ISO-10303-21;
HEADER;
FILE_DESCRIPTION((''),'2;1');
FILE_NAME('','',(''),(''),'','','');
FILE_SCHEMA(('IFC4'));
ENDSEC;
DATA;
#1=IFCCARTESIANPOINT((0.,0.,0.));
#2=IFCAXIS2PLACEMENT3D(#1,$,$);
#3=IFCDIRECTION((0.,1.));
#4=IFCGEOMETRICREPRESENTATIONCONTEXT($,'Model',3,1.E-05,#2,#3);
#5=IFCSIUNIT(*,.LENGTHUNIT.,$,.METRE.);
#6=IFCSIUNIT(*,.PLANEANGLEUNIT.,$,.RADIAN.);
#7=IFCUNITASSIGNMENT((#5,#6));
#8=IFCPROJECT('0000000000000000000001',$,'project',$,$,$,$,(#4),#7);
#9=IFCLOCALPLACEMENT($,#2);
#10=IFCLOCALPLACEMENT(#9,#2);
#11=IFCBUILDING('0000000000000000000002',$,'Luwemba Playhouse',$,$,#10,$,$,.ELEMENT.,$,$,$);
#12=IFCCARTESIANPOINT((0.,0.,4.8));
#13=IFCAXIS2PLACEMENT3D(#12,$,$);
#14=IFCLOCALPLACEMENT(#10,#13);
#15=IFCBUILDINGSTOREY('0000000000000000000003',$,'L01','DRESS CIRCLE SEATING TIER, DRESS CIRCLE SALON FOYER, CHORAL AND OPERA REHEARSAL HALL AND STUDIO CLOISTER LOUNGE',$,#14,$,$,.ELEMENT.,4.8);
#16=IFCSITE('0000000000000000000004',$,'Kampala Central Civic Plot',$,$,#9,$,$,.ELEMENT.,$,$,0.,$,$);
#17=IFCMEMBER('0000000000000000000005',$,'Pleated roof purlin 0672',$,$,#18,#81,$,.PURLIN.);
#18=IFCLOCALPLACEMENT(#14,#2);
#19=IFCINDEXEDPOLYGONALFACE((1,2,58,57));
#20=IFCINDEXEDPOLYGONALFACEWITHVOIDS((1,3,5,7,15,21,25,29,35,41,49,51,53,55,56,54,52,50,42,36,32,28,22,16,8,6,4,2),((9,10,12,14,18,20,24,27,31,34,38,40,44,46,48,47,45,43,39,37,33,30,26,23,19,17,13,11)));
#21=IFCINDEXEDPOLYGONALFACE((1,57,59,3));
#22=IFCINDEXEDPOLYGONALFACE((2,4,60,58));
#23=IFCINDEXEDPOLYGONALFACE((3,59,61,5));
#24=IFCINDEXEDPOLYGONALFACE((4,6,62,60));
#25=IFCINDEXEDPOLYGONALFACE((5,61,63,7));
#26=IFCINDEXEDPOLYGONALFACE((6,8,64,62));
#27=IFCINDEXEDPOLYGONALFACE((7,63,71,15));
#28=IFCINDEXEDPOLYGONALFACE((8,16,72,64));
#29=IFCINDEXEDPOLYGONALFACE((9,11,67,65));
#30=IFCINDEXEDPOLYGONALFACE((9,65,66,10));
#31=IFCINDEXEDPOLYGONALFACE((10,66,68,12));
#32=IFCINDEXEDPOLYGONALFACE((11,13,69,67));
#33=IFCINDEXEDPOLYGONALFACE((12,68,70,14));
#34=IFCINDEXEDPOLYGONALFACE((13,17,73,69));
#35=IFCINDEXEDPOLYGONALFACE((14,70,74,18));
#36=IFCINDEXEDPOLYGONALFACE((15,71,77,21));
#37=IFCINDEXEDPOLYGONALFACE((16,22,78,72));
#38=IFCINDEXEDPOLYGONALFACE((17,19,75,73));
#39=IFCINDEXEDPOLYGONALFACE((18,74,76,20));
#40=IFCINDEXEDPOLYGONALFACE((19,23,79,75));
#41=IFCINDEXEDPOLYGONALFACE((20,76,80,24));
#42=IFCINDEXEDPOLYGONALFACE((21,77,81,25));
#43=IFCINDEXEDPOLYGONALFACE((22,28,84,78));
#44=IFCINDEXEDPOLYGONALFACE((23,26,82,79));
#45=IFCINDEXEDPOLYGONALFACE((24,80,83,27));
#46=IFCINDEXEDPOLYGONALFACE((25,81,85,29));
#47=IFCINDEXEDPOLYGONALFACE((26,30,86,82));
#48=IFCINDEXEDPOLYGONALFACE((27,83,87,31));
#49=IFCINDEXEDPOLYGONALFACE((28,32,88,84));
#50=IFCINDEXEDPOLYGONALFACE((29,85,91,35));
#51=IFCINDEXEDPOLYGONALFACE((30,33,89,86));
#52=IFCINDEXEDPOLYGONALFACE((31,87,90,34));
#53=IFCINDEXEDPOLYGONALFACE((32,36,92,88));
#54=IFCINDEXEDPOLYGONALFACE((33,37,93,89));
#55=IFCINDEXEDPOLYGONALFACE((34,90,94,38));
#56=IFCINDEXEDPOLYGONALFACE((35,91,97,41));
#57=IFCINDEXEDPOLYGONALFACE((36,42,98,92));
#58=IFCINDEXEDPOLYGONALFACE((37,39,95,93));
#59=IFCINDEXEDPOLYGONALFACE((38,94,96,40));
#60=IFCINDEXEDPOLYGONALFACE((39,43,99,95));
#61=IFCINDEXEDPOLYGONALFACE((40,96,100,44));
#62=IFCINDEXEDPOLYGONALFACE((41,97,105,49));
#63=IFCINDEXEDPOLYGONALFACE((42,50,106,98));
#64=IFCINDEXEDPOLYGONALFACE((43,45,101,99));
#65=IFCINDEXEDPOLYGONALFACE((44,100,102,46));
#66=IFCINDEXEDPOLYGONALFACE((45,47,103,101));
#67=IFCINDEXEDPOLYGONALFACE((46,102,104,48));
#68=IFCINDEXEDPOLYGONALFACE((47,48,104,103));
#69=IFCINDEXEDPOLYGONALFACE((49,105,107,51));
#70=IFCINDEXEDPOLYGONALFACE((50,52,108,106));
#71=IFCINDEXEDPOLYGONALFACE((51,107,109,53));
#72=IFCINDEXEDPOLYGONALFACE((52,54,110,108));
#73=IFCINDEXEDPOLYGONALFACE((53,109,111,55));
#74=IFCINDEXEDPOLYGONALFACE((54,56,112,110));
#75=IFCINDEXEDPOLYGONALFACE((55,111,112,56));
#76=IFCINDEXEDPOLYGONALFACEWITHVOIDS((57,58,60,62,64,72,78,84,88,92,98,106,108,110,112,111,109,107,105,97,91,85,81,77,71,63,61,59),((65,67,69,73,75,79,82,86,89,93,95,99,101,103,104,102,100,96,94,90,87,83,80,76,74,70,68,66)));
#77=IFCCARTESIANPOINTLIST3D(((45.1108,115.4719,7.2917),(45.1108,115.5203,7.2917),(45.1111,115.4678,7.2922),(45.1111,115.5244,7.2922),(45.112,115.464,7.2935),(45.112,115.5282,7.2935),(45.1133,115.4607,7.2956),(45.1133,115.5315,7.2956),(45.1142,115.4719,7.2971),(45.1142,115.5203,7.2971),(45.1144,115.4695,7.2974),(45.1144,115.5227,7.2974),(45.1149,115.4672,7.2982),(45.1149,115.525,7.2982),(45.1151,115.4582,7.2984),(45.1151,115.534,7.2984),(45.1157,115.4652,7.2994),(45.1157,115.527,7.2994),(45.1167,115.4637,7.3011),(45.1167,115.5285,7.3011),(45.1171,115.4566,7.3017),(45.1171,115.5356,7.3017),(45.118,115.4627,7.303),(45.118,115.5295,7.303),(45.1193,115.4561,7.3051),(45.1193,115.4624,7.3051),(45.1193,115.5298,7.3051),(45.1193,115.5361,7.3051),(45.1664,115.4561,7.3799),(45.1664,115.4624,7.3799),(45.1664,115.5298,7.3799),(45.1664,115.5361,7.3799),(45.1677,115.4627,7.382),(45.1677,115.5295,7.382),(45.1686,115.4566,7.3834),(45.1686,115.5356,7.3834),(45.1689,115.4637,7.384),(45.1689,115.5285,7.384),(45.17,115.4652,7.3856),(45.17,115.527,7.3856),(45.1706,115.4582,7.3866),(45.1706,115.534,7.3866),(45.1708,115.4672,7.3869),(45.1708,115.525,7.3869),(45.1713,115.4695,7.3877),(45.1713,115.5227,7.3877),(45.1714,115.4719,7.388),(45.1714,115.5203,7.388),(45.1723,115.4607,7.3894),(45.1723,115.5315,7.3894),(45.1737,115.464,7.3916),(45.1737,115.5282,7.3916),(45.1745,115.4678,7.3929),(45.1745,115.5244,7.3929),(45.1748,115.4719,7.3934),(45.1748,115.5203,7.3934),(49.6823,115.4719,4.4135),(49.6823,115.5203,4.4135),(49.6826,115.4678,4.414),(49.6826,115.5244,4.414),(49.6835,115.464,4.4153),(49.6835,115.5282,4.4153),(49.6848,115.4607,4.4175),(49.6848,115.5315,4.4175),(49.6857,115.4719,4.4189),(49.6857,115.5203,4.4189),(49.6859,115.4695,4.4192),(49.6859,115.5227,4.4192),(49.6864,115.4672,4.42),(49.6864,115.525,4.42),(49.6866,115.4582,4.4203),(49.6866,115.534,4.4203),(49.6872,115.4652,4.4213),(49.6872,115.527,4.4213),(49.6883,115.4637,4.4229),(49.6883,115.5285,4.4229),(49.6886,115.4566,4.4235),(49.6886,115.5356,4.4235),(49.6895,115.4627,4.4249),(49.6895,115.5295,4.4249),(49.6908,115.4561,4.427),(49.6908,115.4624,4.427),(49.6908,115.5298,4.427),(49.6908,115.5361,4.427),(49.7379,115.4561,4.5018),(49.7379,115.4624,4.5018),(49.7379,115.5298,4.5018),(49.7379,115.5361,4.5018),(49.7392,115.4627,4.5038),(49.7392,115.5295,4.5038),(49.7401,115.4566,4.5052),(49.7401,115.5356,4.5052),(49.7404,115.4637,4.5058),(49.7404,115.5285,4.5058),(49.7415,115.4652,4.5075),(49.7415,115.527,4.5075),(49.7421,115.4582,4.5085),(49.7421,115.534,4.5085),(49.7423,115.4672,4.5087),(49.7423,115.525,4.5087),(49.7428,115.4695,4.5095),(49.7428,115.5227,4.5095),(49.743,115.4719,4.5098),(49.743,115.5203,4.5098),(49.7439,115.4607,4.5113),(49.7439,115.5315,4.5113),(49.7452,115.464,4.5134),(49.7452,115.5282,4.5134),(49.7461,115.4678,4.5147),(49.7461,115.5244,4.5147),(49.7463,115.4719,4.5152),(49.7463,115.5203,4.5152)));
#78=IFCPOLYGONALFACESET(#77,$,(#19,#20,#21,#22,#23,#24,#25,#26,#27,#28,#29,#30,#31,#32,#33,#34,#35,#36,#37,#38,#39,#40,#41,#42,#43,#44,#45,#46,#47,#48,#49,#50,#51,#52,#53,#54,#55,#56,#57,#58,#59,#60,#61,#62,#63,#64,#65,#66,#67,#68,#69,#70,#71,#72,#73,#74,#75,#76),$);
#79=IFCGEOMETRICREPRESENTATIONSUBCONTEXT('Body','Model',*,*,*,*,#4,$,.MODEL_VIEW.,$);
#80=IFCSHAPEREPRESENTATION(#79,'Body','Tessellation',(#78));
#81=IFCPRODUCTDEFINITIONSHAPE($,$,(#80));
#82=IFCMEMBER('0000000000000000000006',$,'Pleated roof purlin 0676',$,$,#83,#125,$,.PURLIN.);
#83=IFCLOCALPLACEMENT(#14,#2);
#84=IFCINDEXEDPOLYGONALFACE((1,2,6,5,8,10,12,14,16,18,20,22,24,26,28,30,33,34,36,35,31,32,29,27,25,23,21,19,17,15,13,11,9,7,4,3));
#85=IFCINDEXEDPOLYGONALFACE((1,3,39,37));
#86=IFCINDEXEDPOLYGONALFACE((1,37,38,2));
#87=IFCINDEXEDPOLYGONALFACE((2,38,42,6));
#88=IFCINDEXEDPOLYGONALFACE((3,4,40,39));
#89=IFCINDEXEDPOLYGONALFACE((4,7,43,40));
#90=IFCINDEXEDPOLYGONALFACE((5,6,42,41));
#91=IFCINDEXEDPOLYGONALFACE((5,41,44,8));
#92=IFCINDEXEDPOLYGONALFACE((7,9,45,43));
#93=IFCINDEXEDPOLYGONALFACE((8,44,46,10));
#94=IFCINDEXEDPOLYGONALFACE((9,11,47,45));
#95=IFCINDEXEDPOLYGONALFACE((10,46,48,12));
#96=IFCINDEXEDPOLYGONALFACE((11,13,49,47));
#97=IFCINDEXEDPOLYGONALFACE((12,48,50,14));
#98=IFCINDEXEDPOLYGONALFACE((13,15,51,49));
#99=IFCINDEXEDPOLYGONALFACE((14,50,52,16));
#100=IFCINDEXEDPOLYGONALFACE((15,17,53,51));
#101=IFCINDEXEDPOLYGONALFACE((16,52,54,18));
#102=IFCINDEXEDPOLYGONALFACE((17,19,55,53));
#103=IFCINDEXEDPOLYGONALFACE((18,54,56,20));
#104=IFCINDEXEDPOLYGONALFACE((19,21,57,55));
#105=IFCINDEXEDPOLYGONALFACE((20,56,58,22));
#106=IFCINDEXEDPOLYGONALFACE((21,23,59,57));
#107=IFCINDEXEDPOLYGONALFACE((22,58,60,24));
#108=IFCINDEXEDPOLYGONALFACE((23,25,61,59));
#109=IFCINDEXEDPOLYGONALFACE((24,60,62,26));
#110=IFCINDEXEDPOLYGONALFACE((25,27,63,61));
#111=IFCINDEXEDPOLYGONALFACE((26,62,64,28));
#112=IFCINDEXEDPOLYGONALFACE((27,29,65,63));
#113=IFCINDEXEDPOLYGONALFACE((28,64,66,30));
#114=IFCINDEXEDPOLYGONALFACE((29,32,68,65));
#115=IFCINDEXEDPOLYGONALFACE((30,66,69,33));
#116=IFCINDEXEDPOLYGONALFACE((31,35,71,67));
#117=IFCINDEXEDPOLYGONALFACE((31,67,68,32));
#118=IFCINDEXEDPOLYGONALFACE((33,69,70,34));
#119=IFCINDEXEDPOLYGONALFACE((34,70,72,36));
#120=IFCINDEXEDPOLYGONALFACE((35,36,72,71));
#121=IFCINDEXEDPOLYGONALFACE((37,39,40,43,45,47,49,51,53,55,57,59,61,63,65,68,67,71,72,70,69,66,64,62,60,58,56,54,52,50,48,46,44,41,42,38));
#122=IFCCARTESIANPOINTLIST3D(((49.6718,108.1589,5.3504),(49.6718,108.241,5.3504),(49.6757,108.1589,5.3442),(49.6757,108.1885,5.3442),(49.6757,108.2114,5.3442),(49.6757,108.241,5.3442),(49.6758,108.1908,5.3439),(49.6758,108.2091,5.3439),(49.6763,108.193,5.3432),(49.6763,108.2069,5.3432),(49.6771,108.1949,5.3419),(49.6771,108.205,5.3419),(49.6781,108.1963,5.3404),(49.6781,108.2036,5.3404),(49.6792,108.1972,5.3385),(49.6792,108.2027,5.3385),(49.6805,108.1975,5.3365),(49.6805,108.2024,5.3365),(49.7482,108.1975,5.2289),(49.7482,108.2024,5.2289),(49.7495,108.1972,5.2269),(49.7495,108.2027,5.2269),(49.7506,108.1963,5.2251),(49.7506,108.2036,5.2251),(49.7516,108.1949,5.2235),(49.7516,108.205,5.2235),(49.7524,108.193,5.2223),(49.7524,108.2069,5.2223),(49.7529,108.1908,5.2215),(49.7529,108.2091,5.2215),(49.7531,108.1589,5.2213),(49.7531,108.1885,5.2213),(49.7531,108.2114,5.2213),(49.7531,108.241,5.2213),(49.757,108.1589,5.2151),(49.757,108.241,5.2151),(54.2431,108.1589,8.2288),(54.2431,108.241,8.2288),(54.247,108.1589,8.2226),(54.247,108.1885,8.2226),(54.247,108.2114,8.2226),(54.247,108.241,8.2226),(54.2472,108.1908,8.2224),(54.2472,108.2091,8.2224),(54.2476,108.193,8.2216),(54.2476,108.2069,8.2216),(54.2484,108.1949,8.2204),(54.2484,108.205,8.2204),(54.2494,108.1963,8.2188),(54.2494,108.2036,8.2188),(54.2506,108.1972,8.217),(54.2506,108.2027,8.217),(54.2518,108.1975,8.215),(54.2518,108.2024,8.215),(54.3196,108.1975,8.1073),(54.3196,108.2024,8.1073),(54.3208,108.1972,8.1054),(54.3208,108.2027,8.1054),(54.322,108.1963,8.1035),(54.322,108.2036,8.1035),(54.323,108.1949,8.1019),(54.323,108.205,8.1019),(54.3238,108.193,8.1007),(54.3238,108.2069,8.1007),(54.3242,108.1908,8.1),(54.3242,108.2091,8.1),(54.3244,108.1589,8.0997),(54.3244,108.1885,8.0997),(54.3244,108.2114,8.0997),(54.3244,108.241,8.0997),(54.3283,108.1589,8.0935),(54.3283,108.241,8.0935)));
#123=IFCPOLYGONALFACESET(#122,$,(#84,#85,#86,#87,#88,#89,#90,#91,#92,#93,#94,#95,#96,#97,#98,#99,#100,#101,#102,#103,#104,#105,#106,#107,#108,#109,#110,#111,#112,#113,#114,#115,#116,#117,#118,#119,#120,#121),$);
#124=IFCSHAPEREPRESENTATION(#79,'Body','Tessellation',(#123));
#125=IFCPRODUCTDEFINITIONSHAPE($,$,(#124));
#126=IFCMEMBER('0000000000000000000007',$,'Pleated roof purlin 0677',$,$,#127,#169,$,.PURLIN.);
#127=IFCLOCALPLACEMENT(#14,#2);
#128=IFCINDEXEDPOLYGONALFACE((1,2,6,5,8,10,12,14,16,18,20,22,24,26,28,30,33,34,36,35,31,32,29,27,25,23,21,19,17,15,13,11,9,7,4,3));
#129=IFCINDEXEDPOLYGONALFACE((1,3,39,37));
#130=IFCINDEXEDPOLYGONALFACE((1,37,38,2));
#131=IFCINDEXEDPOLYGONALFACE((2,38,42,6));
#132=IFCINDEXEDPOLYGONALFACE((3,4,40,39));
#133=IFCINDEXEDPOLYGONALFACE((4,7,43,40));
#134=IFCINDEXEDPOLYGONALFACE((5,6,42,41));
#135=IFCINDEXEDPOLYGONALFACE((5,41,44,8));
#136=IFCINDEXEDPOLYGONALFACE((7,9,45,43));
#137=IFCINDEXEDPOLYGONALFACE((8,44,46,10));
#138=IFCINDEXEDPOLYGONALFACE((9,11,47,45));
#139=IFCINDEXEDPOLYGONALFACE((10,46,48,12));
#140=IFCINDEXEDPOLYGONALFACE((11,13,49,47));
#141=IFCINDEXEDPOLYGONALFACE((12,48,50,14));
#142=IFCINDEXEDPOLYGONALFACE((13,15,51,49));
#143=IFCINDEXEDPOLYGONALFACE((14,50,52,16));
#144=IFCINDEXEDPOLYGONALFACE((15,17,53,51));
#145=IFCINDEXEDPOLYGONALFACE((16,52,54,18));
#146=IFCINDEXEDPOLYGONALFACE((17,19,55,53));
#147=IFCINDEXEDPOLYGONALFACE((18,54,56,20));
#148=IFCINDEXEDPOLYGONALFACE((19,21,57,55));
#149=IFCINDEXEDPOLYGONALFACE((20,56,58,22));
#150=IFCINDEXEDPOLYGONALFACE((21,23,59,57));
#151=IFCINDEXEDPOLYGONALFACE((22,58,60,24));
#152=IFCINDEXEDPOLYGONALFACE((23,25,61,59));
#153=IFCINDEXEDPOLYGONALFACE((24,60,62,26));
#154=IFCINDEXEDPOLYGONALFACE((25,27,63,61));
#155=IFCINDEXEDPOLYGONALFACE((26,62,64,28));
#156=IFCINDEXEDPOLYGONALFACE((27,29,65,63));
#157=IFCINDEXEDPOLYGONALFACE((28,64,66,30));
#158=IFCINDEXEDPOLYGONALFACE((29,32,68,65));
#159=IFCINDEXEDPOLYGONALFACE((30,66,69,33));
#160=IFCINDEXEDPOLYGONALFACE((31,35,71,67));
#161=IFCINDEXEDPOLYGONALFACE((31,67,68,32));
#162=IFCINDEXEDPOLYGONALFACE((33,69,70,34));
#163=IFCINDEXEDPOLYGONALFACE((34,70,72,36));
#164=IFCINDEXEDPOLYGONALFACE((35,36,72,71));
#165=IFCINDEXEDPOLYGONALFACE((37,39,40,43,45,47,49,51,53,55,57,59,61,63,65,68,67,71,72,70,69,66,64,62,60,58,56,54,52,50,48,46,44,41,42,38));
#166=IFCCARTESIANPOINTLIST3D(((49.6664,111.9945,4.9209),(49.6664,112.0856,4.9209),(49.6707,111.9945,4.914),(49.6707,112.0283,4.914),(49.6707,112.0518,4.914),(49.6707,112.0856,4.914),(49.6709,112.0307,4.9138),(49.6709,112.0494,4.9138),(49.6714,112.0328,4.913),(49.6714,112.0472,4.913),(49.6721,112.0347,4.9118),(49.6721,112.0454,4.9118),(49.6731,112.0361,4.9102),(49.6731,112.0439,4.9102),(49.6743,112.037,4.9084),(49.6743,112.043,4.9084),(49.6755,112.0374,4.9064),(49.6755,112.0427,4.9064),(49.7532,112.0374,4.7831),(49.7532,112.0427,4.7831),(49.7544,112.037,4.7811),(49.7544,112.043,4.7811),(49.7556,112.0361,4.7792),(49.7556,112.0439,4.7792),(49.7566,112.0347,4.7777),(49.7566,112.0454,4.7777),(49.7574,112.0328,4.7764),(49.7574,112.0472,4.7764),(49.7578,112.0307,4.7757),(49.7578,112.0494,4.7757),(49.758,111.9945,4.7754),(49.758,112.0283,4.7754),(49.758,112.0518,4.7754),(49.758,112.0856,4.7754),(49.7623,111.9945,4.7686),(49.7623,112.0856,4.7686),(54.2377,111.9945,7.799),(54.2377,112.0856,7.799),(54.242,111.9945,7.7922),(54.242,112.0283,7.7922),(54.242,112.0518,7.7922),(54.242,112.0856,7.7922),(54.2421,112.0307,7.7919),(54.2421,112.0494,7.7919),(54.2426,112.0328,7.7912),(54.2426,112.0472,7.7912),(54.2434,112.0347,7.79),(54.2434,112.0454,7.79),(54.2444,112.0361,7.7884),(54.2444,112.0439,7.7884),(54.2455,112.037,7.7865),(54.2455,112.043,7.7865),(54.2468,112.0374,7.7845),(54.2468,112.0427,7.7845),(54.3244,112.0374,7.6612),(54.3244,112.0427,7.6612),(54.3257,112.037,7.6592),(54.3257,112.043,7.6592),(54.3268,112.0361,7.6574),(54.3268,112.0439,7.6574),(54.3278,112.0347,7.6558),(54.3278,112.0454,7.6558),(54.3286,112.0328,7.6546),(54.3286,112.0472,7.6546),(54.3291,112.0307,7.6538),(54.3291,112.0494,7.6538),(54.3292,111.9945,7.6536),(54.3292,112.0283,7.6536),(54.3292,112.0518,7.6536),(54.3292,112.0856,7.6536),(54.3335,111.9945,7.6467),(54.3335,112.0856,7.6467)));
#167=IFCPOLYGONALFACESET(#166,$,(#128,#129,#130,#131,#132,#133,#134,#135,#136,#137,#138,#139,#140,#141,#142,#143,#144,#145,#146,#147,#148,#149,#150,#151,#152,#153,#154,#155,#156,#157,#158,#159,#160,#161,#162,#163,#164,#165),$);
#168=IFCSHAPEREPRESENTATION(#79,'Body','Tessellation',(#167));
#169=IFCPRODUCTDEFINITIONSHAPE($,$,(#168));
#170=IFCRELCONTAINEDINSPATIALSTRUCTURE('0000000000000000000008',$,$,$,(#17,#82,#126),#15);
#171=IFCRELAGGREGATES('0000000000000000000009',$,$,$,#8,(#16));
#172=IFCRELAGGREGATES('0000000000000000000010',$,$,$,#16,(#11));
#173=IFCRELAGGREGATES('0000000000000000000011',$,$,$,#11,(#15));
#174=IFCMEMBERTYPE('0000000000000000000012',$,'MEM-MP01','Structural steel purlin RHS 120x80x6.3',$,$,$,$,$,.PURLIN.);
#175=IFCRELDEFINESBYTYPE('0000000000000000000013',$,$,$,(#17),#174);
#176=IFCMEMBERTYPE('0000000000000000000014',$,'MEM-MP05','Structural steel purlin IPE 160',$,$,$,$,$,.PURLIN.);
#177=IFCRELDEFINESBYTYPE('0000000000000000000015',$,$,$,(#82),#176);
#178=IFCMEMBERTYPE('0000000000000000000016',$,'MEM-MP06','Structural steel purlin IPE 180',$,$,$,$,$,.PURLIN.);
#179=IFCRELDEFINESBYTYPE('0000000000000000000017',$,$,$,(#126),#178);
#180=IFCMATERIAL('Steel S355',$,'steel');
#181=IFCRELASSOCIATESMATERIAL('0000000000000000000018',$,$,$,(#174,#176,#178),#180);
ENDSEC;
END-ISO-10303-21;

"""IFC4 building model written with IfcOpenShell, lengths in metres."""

from ifc_helpers import new_model, si_unit, direction, frame, origin, origin_2d, place, context, subcontext, project, spatial, hollow_rectangle, i_section, extrude, material, material_profile, profile_set, type_object, element, save


model = new_model("IFC4")

# Units and contexts
model_context = context("Model", 3, precision=1e-05, world=origin(), true_north=direction((0.0, 1.0)))
body_context = subcontext(model_context, "Body", "Model", "MODEL_VIEW")
ifc_project = project(units=[si_unit("LENGTHUNIT", "METRE"), si_unit("PLANEANGLEUNIT", "RADIAN")], contexts=[model_context])

# Site, building, storey
site_placement = place(None, origin())
site = spatial("IfcSite", under=ifc_project, at=site_placement, Name="Kampala Central Civic Plot", CompositionType="ELEMENT", RefElevation=0.0)
building_placement = place(site_placement, origin())
building = spatial("IfcBuilding", under=site, at=building_placement, Name="Luwemba Playhouse", CompositionType="ELEMENT")
storey_placement = place(building_placement, frame((0.0, 0.0, 4.8)))
storey = spatial("IfcBuildingStorey", under=building, at=storey_placement, Name="L01", Description="DRESS CIRCLE SEATING TIER, DRESS CIRCLE SALON FOYER, CHORAL AND OPERA REHEARSAL HALL AND STUDIO CLOISTER LOUNGE", CompositionType="ELEMENT", Elevation=4.8)

# Shared definitions
ifc_material_1 = material(Name="Steel S355", Category="steel")

# Members
ifc_material_profile_1 = material_profile(ifc_material_1, hollow_rectangle(XDim=0.0801, YDim=0.1201, WallThickness=0.0063, InnerFilletRadius=0.0095, OuterFilletRadius=0.0159, at=origin_2d()))
ifc_profile_set_1 = profile_set([ifc_material_profile_1], Name="Steel S355")
member_type_1 = type_object("IfcMemberType", Name="MEM-MP01", Description="Structural steel purlin RHS 120x80x6.3", PredefinedType="PURLIN", material=ifc_profile_set_1)
member_1_placement = place(storey_placement, frame((45.1428, 115.4961, 7.3425), z_axis=(0.846249, 0.0, -0.532787), x_axis=(0.0, 1.0, 0.0)))
element("IfcMember", 1, at=member_1_placement, inside=storey, type_object=member_type_1, Name="Pleated roof purlin 0672", PredefinedType="PURLIN", context=body_context, shape_type="SweptSolid", body=[
    extrude(hollow_rectangle(XDim=0.0801, YDim=0.1201, WallThickness=0.0063, InnerFilletRadius=0.0095, OuterFilletRadius=0.0159, at=origin_2d()), origin(), (0.0, 0.0, 1.0), 5.4021),
])
ifc_material_profile_2 = material_profile(ifc_material_1, i_section(OverallWidth=0.082, OverallDepth=0.1599, WebThickness=0.0049, FlangeThickness=0.0073, FilletRadius=0.009, at=origin_2d()))
ifc_profile_set_2 = profile_set([ifc_material_profile_2], Name="Steel S355")
member_type_2 = type_object("IfcMemberType", Name="MEM-MP05", Description="Structural steel purlin IPE 160", PredefinedType="PURLIN", material=ifc_profile_set_2)
member_2_placement = place(storey_placement, frame((49.7144, 108.2, 5.2827), z_axis=(0.846216, 0.0, 0.53284), x_axis=(0.0, 1.0, 0.0)))
element("IfcMember", 2, at=member_2_placement, inside=storey, type_object=member_type_2, Name="Pleated roof purlin 0676", PredefinedType="PURLIN", context=body_context, shape_type="SweptSolid", body=[
    extrude(i_section(OverallWidth=0.082, OverallDepth=0.1599, WebThickness=0.0049, FlangeThickness=0.0073, FilletRadius=0.009, at=origin_2d()), origin(), (0.0, 0.0, 1.0), 5.4021),
])
ifc_material_profile_3 = material_profile(ifc_material_1, i_section(OverallWidth=0.0911, OverallDepth=0.1799, WebThickness=0.0054, FlangeThickness=0.0081, FilletRadius=0.009, at=origin_2d()))
ifc_profile_set_3 = profile_set([ifc_material_profile_3], Name="Steel S355")
member_type_3 = type_object("IfcMemberType", Name="MEM-MP06", Description="Structural steel purlin IPE 180", PredefinedType="PURLIN", material=ifc_profile_set_3)
member_3_placement = place(storey_placement, frame((49.7144, 112.04, 4.8447), z_axis=(0.846237, 0.0, 0.532807), x_axis=(0.0, 1.0, 0.0)))
element("IfcMember", 3, at=member_3_placement, inside=storey, type_object=member_type_3, Name="Pleated roof purlin 0677", PredefinedType="PURLIN", context=body_context, shape_type="SweptSolid", body=[
    extrude(i_section(OverallWidth=0.0911, OverallDepth=0.1799, WebThickness=0.0054, FlangeThickness=0.0081, FilletRadius=0.009, at=origin_2d()), origin(), (0.0, 0.0, 1.0), 5.4019),
])

save(model, "model.ifc")
